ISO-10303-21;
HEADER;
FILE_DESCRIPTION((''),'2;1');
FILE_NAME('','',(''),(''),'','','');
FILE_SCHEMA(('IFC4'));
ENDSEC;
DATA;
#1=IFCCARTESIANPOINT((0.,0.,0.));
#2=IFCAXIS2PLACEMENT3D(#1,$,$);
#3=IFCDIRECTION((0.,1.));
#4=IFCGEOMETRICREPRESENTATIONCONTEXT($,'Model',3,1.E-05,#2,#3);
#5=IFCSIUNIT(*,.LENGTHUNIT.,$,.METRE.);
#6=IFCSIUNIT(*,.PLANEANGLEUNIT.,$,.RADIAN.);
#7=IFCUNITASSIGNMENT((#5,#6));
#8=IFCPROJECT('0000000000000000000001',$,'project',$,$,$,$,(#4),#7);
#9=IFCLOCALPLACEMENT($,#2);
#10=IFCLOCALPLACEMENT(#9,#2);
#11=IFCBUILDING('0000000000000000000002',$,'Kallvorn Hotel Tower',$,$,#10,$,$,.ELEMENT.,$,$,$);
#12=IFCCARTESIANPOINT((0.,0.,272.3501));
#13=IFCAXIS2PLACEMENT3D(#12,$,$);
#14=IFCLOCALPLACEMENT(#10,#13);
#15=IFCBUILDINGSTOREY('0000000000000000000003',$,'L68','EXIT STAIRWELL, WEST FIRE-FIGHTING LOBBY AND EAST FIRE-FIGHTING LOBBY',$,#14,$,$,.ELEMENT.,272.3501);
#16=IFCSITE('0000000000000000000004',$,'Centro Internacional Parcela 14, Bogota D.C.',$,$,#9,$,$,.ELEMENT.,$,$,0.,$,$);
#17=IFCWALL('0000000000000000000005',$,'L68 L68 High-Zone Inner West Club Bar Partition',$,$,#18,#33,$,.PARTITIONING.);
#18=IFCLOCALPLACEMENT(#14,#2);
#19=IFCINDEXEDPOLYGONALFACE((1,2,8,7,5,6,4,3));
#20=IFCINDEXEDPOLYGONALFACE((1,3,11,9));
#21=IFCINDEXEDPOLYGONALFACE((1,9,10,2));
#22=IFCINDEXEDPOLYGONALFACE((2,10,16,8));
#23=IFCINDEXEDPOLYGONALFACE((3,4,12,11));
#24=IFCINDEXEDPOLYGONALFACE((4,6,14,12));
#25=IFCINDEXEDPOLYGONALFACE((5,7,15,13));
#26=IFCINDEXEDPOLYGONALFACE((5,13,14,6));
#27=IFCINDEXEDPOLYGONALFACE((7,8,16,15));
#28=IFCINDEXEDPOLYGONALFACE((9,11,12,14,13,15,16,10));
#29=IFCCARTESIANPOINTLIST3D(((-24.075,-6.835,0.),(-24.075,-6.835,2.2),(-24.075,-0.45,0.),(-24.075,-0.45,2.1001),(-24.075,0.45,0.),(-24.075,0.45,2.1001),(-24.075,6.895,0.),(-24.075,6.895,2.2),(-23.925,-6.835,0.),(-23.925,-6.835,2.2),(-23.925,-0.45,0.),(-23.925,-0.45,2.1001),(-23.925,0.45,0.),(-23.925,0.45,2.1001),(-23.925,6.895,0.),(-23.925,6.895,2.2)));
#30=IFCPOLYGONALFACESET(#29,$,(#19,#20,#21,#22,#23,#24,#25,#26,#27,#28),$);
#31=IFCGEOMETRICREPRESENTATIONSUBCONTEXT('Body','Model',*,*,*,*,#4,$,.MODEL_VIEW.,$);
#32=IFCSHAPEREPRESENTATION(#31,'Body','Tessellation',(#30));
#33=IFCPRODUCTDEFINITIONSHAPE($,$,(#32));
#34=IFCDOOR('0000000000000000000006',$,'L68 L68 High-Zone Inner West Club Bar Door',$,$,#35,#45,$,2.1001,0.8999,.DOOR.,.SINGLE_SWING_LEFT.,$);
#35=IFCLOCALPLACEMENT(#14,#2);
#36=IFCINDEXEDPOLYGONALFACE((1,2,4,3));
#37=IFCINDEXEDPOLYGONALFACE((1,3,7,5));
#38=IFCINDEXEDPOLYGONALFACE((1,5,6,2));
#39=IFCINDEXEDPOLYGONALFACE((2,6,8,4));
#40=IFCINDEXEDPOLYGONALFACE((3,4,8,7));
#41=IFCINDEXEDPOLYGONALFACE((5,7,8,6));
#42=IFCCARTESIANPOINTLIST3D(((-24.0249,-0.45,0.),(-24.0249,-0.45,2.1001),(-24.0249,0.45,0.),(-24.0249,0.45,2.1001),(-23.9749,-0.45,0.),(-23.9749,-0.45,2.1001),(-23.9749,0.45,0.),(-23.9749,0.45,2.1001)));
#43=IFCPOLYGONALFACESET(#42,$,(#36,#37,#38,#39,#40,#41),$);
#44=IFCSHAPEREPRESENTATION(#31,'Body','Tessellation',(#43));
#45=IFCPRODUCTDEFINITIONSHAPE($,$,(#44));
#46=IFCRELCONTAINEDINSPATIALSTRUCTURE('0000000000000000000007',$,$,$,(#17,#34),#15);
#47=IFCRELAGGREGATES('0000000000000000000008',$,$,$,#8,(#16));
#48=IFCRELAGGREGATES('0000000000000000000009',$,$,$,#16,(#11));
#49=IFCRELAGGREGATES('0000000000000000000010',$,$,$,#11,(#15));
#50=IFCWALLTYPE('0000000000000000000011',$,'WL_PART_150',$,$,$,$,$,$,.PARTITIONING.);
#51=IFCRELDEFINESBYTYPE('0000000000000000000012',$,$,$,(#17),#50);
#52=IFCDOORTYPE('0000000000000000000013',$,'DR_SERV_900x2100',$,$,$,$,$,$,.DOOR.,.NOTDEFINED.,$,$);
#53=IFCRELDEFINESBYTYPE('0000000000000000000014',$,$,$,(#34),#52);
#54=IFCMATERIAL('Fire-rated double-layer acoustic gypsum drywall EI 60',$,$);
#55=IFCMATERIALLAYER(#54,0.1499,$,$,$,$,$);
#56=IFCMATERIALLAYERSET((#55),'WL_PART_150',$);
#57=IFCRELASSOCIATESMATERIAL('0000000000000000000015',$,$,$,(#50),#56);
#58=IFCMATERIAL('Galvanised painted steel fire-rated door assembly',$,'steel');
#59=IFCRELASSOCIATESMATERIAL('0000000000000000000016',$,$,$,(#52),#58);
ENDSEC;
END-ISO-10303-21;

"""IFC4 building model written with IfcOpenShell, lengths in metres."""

from ifc_helpers import new_model, si_unit, direction, frame, frame_2d, origin, place, context, subcontext, project, spatial, rectangle, extrude, material, layer, layer_set, type_object, element, fill, save


model = new_model("IFC4")

# Units and contexts
model_context = context("Model", 3, precision=1e-05, world=origin(), true_north=direction((0.0, 1.0)))
body_context = subcontext(model_context, "Body", "Model", "MODEL_VIEW")
ifc_project = project(units=[si_unit("LENGTHUNIT", "METRE"), si_unit("PLANEANGLEUNIT", "RADIAN")], contexts=[model_context])

# Site, building, storey
site_placement = place(None, origin())
site = spatial("IfcSite", under=ifc_project, at=site_placement, Name="Centro Internacional Parcela 14, Bogota D.C.", CompositionType="ELEMENT", RefElevation=0.0)
building_placement = place(site_placement, origin())
building = spatial("IfcBuilding", under=site, at=building_placement, Name="Kallvorn Hotel Tower", CompositionType="ELEMENT")
storey_placement = place(building_placement, frame((0.0, 0.0, 272.3501)))
storey = spatial("IfcBuildingStorey", under=building, at=storey_placement, Name="L68", Description="EXIT STAIRWELL, WEST FIRE-FIGHTING LOBBY AND EAST FIRE-FIGHTING LOBBY", CompositionType="ELEMENT", Elevation=272.3501)

# Shared definitions
ifc_material_1 = material(Name="Fire-rated double-layer acoustic gypsum drywall EI 60")
ifc_layer_1 = layer(ifc_material_1, 0.1499)
ifc_layer_set_1 = layer_set([ifc_layer_1], Name="WL_PART_150")
wall_type = type_object("IfcWallType", Name="WL_PART_150", PredefinedType="PARTITIONING", material=ifc_layer_set_1)
ifc_material_2 = material(Name="Galvanised painted steel fire-rated door assembly", Category="steel")
door_type = type_object("IfcDoorType", Name="DR_SERV_900x2100", OperationType="NOTDEFINED", PredefinedType="DOOR", material=ifc_material_2)

# Wall, opening, door
wall_1_placement = place(storey_placement, frame((-24.0, -6.835, 0.0), z_axis=(0.0, 0.0, 1.0), x_axis=(0.0, 1.0, 0.0)))
wall_1 = element("IfcWall", 1, at=wall_1_placement, inside=storey, type_object=wall_type, Name="L68 L68 High-Zone Inner West Club Bar Partition", PredefinedType="PARTITIONING", context=body_context, shape_type="SweptSolid", body=[
    extrude(rectangle(XDim=13.73, YDim=0.1499, at=frame_2d((6.865, 0.0))), origin(), (0.0, 0.0, 1.0), 2.2),
])
opening_1_placement = place(wall_1_placement, frame((6.385, 0.0, 0.0)))
opening_1 = element("IfcOpeningElement", 2, at=opening_1_placement, cuts=wall_1, PredefinedType="OPENING", context=body_context, shape_type="SweptSolid", body=[
    extrude(rectangle(XDim=0.8999, YDim=2.1001, at=frame_2d((0.45, 1.05))), frame((0.0, 0.0898, 0.0), z_axis=(0.0, -1.0, 0.0), x_axis=(1.0, 0.0, 0.0)), (0.0, 0.0, 1.0), 0.1799),
])
door_1_placement = place(opening_1_placement, origin())
door_1 = element("IfcDoor", 3, at=door_1_placement, inside=storey, type_object=door_type, Name="L68 L68 High-Zone Inner West Club Bar Door", OperationType="SINGLE_SWING_LEFT", OverallHeight=2.1001, OverallWidth=0.8999, PredefinedType="DOOR", context=body_context, shape_type="SweptSolid", body=[
    extrude(rectangle(XDim=0.8999, YDim=2.1001, at=frame_2d((0.45, 1.05))), frame((0.0, 0.0249, 0.0), z_axis=(0.0, -1.0, 0.0), x_axis=(1.0, 0.0, 0.0)), (0.0, 0.0, 1.0), 0.05),
])
fill(opening_1, door_1)

save(model, "model.ifc")
